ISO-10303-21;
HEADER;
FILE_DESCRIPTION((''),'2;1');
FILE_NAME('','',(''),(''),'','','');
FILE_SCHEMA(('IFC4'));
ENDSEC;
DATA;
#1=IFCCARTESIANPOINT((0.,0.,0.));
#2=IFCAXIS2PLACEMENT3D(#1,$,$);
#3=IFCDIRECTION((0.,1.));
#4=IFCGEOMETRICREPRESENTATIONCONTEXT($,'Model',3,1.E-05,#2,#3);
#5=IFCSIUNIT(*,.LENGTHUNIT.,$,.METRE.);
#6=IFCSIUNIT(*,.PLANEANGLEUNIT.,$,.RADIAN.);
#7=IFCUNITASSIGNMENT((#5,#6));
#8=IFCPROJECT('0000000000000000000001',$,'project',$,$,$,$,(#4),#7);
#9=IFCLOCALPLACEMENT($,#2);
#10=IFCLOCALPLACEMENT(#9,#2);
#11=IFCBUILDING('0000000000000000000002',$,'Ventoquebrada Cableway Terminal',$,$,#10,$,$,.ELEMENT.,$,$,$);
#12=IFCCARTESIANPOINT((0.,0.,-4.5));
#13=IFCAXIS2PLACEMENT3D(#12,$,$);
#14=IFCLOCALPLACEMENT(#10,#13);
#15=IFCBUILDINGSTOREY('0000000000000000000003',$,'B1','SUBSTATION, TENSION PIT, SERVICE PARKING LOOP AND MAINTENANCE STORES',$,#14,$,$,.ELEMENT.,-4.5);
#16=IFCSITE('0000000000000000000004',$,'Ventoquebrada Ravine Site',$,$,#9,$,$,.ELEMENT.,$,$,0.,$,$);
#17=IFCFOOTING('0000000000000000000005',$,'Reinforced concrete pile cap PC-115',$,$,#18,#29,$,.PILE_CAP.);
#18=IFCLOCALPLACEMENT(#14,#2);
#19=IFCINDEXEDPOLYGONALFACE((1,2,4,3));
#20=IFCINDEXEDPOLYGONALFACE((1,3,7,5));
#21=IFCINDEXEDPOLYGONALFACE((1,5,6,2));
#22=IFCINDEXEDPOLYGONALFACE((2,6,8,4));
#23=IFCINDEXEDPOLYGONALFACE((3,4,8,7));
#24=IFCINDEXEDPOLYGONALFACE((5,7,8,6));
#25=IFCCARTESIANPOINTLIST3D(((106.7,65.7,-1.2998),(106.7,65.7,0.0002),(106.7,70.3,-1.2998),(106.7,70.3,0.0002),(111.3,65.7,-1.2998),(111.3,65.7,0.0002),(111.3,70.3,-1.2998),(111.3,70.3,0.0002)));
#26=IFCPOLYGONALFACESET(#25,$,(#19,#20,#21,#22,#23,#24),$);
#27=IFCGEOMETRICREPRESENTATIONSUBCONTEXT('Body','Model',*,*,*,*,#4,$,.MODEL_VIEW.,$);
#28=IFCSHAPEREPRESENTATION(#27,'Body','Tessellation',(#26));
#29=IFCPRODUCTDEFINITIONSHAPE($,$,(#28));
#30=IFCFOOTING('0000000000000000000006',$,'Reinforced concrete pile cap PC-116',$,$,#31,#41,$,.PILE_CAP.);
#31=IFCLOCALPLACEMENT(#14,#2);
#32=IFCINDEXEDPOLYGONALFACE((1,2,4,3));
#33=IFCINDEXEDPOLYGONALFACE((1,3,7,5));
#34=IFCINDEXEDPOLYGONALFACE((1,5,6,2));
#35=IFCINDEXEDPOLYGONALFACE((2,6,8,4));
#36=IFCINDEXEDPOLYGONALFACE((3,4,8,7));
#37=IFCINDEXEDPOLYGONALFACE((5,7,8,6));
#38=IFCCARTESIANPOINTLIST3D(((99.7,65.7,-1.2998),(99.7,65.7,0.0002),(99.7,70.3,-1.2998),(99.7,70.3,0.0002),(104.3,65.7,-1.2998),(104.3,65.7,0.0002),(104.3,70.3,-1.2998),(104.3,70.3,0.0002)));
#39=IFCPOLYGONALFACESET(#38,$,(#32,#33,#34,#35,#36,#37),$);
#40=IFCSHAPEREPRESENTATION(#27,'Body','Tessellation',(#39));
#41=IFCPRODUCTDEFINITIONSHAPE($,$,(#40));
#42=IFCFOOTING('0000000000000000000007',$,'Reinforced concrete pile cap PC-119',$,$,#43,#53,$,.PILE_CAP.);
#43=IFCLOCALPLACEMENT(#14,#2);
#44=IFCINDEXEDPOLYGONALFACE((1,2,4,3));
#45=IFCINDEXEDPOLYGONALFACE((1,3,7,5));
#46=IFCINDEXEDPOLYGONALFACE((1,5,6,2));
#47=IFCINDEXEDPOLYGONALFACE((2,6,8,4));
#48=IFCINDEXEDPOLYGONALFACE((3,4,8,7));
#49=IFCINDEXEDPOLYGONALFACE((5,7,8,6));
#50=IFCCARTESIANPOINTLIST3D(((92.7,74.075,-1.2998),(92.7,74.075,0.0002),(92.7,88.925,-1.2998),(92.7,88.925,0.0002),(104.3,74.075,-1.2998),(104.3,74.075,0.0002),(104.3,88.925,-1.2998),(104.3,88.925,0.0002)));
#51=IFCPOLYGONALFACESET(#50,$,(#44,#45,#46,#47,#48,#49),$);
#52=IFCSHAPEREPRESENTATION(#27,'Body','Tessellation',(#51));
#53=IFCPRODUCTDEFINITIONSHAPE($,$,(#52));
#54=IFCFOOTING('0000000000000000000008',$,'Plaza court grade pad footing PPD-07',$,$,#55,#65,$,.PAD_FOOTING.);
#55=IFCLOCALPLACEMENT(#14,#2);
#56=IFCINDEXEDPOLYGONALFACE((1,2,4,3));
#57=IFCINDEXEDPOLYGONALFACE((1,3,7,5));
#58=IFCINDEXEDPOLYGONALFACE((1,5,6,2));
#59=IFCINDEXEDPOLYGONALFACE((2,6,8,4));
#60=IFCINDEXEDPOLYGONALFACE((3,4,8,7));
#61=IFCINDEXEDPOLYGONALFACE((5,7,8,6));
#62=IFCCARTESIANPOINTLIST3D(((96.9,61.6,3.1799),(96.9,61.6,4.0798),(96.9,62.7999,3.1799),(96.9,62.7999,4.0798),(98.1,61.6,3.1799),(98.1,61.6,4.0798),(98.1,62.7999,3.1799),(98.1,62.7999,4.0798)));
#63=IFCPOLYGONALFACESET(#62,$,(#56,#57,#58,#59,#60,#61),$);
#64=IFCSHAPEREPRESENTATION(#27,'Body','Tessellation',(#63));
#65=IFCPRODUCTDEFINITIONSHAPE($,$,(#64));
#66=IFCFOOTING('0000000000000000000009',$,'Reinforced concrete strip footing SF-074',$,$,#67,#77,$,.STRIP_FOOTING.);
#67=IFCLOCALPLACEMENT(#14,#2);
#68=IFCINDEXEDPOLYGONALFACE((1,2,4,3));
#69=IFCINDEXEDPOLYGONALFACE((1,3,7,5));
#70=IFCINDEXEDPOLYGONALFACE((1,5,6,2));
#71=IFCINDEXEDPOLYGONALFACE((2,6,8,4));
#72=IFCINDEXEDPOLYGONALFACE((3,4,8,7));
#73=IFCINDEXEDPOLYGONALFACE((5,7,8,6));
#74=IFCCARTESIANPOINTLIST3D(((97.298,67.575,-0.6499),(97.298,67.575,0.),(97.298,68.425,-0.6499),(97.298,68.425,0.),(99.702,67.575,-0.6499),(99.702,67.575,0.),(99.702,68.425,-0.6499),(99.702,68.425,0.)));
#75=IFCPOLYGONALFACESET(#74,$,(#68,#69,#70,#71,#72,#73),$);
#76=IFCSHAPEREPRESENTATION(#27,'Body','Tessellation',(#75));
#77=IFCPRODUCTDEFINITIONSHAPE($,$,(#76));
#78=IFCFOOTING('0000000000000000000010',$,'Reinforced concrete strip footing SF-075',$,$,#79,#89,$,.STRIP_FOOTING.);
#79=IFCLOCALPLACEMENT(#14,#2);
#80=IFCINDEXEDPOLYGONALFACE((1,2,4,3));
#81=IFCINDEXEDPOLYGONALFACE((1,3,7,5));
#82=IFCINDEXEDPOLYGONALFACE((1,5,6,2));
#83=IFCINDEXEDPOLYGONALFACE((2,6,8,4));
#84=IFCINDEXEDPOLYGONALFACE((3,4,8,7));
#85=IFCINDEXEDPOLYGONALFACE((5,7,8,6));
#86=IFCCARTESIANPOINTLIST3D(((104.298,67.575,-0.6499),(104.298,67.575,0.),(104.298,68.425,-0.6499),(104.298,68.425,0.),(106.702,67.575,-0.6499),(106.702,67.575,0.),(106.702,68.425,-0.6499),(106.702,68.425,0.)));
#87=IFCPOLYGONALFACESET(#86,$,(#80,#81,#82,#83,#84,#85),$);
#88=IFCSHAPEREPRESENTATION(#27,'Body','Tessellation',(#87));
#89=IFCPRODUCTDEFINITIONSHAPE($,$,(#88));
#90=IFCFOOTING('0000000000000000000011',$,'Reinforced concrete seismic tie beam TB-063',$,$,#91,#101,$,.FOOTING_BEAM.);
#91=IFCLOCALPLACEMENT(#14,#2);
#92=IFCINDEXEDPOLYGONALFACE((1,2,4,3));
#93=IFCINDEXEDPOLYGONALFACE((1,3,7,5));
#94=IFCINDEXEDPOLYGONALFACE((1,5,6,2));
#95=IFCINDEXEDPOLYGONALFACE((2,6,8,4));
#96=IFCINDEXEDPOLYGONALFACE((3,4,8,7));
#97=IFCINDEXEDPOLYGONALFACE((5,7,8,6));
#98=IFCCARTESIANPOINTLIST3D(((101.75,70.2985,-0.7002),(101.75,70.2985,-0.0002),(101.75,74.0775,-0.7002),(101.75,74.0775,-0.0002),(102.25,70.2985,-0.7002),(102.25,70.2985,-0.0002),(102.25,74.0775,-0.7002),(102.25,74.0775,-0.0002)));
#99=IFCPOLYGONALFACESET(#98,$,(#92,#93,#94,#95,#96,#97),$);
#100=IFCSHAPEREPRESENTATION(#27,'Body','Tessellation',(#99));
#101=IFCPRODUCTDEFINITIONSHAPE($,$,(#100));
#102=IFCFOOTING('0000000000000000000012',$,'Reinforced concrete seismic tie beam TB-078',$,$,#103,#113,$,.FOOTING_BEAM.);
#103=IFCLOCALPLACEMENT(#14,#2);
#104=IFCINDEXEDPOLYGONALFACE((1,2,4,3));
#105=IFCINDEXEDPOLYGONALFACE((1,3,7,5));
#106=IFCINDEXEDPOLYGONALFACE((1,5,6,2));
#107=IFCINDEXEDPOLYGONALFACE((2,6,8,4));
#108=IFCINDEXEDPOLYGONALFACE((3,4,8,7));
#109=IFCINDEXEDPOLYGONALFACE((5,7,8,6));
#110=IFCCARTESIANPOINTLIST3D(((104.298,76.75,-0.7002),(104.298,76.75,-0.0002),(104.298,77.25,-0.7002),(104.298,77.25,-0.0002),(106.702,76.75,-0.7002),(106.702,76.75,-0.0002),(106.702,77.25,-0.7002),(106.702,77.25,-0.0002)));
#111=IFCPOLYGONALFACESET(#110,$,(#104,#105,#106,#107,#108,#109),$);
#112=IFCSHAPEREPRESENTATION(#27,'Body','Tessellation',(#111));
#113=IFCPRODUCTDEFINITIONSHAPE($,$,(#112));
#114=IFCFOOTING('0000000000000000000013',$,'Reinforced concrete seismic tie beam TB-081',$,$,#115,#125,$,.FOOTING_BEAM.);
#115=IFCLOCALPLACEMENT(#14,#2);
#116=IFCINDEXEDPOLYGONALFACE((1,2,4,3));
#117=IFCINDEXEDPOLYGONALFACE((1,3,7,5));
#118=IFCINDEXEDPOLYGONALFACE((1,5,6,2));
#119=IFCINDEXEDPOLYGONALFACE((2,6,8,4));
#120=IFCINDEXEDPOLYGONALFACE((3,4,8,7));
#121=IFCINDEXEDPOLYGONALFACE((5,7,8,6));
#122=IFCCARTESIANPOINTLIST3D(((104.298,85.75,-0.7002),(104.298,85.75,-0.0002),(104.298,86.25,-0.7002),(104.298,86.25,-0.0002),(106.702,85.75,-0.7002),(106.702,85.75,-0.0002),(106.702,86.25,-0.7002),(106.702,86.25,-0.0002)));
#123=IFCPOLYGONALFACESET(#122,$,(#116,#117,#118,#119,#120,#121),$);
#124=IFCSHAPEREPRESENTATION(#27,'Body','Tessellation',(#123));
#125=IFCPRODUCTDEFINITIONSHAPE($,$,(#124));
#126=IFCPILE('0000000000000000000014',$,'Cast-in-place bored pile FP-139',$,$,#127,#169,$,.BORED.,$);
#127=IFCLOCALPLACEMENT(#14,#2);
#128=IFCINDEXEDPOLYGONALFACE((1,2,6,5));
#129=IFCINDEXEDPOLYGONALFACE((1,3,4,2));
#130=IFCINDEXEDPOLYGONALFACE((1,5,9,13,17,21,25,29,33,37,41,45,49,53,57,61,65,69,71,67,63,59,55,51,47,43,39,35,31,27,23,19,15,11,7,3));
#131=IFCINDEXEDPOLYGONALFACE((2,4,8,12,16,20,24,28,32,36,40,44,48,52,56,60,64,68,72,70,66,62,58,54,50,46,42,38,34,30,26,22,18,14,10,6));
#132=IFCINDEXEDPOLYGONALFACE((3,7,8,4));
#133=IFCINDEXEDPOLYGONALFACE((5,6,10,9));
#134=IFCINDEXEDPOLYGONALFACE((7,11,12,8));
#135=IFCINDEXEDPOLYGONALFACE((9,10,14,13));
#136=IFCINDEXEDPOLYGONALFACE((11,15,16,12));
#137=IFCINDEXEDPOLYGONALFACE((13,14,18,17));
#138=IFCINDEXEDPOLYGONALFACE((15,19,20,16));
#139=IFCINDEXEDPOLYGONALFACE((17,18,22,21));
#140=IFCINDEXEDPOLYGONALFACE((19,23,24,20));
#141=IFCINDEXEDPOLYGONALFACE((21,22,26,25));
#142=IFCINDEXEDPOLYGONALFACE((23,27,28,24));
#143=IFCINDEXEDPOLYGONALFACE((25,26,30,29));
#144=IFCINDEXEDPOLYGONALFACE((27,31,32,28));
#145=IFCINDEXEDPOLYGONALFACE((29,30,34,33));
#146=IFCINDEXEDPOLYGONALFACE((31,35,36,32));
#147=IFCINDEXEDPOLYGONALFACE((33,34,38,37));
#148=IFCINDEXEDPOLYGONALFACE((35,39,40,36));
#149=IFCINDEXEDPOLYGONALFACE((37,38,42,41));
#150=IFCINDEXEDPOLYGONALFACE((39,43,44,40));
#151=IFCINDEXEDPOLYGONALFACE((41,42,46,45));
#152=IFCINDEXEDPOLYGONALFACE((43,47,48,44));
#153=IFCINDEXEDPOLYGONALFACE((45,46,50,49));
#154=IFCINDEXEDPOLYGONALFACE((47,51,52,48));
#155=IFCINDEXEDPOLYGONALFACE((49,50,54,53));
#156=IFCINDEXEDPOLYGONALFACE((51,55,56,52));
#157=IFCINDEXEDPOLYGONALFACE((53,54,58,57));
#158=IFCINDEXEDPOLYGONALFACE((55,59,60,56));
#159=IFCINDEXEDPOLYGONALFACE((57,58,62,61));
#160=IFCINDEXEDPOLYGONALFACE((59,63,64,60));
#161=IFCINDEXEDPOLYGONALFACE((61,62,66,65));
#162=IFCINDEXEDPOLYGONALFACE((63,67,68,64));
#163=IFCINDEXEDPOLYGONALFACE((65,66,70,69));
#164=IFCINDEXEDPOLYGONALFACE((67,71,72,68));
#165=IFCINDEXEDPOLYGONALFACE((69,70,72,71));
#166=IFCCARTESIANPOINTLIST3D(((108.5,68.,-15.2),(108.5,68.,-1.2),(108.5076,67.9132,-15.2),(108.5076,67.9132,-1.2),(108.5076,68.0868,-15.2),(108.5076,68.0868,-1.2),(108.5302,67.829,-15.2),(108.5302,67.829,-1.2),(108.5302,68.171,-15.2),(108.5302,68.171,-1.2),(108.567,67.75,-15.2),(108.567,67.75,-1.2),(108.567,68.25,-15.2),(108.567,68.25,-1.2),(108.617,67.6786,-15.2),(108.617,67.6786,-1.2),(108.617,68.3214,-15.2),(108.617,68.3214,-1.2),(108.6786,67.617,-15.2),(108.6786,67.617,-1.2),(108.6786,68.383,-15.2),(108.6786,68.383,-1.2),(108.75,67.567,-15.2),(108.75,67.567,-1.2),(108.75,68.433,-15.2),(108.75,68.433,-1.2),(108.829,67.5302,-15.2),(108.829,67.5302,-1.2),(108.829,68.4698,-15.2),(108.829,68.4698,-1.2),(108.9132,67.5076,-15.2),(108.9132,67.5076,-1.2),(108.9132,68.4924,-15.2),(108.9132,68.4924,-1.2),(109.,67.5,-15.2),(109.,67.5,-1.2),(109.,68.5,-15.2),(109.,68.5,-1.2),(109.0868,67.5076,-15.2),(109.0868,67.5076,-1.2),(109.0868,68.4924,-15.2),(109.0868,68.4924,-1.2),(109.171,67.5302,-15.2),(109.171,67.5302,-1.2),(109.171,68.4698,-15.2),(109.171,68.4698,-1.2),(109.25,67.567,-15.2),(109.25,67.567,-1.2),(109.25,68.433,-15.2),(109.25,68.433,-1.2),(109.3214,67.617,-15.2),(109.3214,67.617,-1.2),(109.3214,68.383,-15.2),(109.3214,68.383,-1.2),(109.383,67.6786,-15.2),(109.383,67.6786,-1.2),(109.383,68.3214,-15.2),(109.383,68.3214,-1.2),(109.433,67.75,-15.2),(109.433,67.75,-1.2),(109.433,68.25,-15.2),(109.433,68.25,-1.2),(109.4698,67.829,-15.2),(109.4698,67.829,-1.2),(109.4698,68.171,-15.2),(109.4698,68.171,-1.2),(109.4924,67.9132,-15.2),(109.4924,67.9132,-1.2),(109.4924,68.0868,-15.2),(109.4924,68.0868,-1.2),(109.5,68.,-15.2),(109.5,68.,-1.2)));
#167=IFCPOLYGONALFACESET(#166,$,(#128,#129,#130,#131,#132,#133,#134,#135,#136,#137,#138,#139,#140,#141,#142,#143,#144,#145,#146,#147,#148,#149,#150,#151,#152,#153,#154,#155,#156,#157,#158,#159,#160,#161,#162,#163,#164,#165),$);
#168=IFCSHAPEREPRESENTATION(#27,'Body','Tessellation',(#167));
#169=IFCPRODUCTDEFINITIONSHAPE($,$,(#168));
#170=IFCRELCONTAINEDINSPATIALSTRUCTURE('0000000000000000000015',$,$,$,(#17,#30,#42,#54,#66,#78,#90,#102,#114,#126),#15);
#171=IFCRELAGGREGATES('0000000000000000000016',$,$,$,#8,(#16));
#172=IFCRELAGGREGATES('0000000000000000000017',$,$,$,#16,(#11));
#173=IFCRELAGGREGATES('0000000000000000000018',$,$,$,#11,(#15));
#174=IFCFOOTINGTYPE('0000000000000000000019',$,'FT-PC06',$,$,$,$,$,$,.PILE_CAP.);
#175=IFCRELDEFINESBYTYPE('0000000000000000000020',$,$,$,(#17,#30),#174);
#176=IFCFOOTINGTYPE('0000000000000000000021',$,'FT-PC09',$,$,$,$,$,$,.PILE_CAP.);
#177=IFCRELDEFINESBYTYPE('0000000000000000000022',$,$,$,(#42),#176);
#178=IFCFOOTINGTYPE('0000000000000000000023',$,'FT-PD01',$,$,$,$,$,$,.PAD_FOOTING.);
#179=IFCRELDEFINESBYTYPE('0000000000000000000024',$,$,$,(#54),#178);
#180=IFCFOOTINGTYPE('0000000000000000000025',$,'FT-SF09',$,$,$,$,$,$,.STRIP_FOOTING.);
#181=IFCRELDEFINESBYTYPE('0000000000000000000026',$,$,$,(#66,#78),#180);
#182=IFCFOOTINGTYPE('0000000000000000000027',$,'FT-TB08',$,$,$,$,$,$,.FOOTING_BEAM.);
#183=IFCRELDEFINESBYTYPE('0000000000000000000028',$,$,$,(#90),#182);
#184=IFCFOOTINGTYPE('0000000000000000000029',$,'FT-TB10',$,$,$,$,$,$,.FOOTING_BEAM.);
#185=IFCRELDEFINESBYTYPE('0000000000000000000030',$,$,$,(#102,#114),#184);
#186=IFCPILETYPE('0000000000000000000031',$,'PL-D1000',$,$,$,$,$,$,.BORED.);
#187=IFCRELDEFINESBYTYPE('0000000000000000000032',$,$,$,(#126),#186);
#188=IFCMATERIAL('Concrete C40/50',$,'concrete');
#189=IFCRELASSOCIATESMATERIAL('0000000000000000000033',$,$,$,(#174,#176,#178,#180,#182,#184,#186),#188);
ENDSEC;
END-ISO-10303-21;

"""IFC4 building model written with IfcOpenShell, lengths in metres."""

from ifc_helpers import new_model, si_unit, direction, frame, origin, origin_2d, place, context, subcontext, project, spatial, rectangle, circle, extrude, material, material_profile, profile_set, type_object, element, save


model = new_model("IFC4")

# Units and contexts
model_context = context("Model", 3, precision=1e-05, world=origin(), true_north=direction((0.0, 1.0)))
body_context = subcontext(model_context, "Body", "Model", "MODEL_VIEW")
ifc_project = project(units=[si_unit("LENGTHUNIT", "METRE"), si_unit("PLANEANGLEUNIT", "RADIAN")], contexts=[model_context])

# Site, building, storey
site_placement = place(None, origin())
site = spatial("IfcSite", under=ifc_project, at=site_placement, Name="Ventoquebrada Ravine Site", CompositionType="ELEMENT", RefElevation=0.0)
building_placement = place(site_placement, origin())
building = spatial("IfcBuilding", under=site, at=building_placement, Name="Ventoquebrada Cableway Terminal", CompositionType="ELEMENT")
storey_placement = place(building_placement, frame((0.0, 0.0, -4.5)))
storey = spatial("IfcBuildingStorey", under=building, at=storey_placement, Name="B1", Description="SUBSTATION, TENSION PIT, SERVICE PARKING LOOP AND MAINTENANCE STORES", CompositionType="ELEMENT", Elevation=-4.5)

# Footings
ifc_material_1 = material(Name="Concrete C40/50", Category="concrete")
footing_type_1 = type_object("IfcFootingType", Name="FT-PC06", PredefinedType="PILE_CAP", material=ifc_material_1)
for number, where, z_axis, x_axis, name in (
    (1, (109.0, 68.0, -1.2998), (0.0, 0.0, 1.0), (1.0, 0.0, 0.0), "Reinforced concrete pile cap PC-115"),
    (2, (102.0, 68.0, -1.2998), (0.0, 0.0, 1.0), (1.0, 0.0, 0.0), "Reinforced concrete pile cap PC-116"),
):
    element("IfcFooting", number, at=place(storey_placement, frame(where, z_axis=z_axis, x_axis=x_axis)), inside=storey, type_object=footing_type_1, Name=name, PredefinedType="PILE_CAP", context=body_context, shape_type="SweptSolid", body=[
        extrude(rectangle(XDim=4.6001, YDim=4.6001, at=origin_2d()), origin(), (0.0, 0.0, 1.0), 1.3),
    ])
footing_type_2 = type_object("IfcFootingType", Name="FT-PC09", PredefinedType="PILE_CAP", material=ifc_material_1)
footing_1_placement = place(storey_placement, frame((98.5, 81.5, -1.2998), z_axis=(0.0, 0.0, 1.0), x_axis=(1.0, 0.0, 0.0)))
element("IfcFooting", 3, at=footing_1_placement, inside=storey, type_object=footing_type_2, Name="Reinforced concrete pile cap PC-119", PredefinedType="PILE_CAP", context=body_context, shape_type="SweptSolid", body=[
    extrude(rectangle(XDim=11.6001, YDim=14.8501, at=origin_2d()), origin(), (0.0, 0.0, 1.0), 1.3),
])
footing_type_3 = type_object("IfcFootingType", Name="FT-PD01", PredefinedType="PAD_FOOTING", material=ifc_material_1)
footing_2_placement = place(storey_placement, frame((97.5, 62.2, 3.1799), z_axis=(0.0, 0.0, 1.0), x_axis=(1.0, 0.0, 0.0)))
element("IfcFooting", 4, at=footing_2_placement, inside=storey, type_object=footing_type_3, Name="Plaza court grade pad footing PPD-07", PredefinedType="PAD_FOOTING", context=body_context, shape_type="SweptSolid", body=[
    extrude(rectangle(XDim=1.2, YDim=1.2, at=origin_2d()), origin(), (0.0, 0.0, 1.0), 0.8999),
])
footing_type_4 = type_object("IfcFootingType", Name="FT-SF09", PredefinedType="STRIP_FOOTING", material=ifc_material_1)
for number, where, z_axis, x_axis, name in (
    (5, (98.5, 68.0, -0.6499), (0.0, 0.0, 1.0), (1.0, 0.0, 0.0), "Reinforced concrete strip footing SF-074"),
    (6, (105.5, 68.0, -0.6499), (0.0, 0.0, 1.0), (1.0, 0.0, 0.0), "Reinforced concrete strip footing SF-075"),
):
    element("IfcFooting", number, at=place(storey_placement, frame(where, z_axis=z_axis, x_axis=x_axis)), inside=storey, type_object=footing_type_4, Name=name, PredefinedType="STRIP_FOOTING", context=body_context, shape_type="SweptSolid", body=[
        extrude(rectangle(XDim=2.4041, YDim=0.8501, at=origin_2d()), origin(), (0.0, 0.0, 1.0), 0.6499),
    ])
footing_type_5 = type_object("IfcFootingType", Name="FT-TB08", PredefinedType="FOOTING_BEAM", material=ifc_material_1)
footing_3_placement = place(storey_placement, frame((102.0, 72.188, -0.7002), z_axis=(0.0, 0.0, 1.0), x_axis=(0.0, 1.0, 0.0)))
element("IfcFooting", 7, at=footing_3_placement, inside=storey, type_object=footing_type_5, Name="Reinforced concrete seismic tie beam TB-063", PredefinedType="FOOTING_BEAM", context=body_context, shape_type="SweptSolid", body=[
    extrude(rectangle(XDim=3.7791, YDim=0.5, at=origin_2d()), origin(), (0.0, 0.0, 1.0), 0.7),
])
footing_type_6 = type_object("IfcFootingType", Name="FT-TB10", PredefinedType="FOOTING_BEAM", material=ifc_material_1)
for number, where, z_axis, x_axis, name in (
    (8, (105.5, 77.0, -0.7002), (0.0, 0.0, 1.0), (1.0, 0.0, 0.0), "Reinforced concrete seismic tie beam TB-078"),
    (9, (105.5, 86.0, -0.7002), (0.0, 0.0, 1.0), (1.0, 0.0, 0.0), "Reinforced concrete seismic tie beam TB-081"),
):
    element("IfcFooting", number, at=place(storey_placement, frame(where, z_axis=z_axis, x_axis=x_axis)), inside=storey, type_object=footing_type_6, Name=name, PredefinedType="FOOTING_BEAM", context=body_context, shape_type="SweptSolid", body=[
        extrude(rectangle(XDim=2.4041, YDim=0.5, at=origin_2d()), origin(), (0.0, 0.0, 1.0), 0.7),
    ])

# Pile
ifc_material_profile_1 = material_profile(ifc_material_1, circle(Radius=0.5, at=origin_2d()), Name="PILE-D1000")
ifc_profile_set_1 = profile_set([ifc_material_profile_1], Name="Concrete C40/50")
pile_type = type_object("IfcPileType", Name="PL-D1000", PredefinedType="BORED", material=ifc_profile_set_1)
pile_1_placement = place(storey_placement, frame((109.0, 68.0, -1.2), z_axis=(0.0, 0.0, -1.0), x_axis=(1.0, 0.0, 0.0)))
element("IfcPile", 10, at=pile_1_placement, inside=storey, type_object=pile_type, Name="Cast-in-place bored pile FP-139", PredefinedType="BORED", context=body_context, shape_type="SweptSolid", body=[
    extrude(circle(Radius=0.5, at=origin_2d()), origin(), (0.0, 0.0, 1.0), 14.0),
])

save(model, "model.ifc")
